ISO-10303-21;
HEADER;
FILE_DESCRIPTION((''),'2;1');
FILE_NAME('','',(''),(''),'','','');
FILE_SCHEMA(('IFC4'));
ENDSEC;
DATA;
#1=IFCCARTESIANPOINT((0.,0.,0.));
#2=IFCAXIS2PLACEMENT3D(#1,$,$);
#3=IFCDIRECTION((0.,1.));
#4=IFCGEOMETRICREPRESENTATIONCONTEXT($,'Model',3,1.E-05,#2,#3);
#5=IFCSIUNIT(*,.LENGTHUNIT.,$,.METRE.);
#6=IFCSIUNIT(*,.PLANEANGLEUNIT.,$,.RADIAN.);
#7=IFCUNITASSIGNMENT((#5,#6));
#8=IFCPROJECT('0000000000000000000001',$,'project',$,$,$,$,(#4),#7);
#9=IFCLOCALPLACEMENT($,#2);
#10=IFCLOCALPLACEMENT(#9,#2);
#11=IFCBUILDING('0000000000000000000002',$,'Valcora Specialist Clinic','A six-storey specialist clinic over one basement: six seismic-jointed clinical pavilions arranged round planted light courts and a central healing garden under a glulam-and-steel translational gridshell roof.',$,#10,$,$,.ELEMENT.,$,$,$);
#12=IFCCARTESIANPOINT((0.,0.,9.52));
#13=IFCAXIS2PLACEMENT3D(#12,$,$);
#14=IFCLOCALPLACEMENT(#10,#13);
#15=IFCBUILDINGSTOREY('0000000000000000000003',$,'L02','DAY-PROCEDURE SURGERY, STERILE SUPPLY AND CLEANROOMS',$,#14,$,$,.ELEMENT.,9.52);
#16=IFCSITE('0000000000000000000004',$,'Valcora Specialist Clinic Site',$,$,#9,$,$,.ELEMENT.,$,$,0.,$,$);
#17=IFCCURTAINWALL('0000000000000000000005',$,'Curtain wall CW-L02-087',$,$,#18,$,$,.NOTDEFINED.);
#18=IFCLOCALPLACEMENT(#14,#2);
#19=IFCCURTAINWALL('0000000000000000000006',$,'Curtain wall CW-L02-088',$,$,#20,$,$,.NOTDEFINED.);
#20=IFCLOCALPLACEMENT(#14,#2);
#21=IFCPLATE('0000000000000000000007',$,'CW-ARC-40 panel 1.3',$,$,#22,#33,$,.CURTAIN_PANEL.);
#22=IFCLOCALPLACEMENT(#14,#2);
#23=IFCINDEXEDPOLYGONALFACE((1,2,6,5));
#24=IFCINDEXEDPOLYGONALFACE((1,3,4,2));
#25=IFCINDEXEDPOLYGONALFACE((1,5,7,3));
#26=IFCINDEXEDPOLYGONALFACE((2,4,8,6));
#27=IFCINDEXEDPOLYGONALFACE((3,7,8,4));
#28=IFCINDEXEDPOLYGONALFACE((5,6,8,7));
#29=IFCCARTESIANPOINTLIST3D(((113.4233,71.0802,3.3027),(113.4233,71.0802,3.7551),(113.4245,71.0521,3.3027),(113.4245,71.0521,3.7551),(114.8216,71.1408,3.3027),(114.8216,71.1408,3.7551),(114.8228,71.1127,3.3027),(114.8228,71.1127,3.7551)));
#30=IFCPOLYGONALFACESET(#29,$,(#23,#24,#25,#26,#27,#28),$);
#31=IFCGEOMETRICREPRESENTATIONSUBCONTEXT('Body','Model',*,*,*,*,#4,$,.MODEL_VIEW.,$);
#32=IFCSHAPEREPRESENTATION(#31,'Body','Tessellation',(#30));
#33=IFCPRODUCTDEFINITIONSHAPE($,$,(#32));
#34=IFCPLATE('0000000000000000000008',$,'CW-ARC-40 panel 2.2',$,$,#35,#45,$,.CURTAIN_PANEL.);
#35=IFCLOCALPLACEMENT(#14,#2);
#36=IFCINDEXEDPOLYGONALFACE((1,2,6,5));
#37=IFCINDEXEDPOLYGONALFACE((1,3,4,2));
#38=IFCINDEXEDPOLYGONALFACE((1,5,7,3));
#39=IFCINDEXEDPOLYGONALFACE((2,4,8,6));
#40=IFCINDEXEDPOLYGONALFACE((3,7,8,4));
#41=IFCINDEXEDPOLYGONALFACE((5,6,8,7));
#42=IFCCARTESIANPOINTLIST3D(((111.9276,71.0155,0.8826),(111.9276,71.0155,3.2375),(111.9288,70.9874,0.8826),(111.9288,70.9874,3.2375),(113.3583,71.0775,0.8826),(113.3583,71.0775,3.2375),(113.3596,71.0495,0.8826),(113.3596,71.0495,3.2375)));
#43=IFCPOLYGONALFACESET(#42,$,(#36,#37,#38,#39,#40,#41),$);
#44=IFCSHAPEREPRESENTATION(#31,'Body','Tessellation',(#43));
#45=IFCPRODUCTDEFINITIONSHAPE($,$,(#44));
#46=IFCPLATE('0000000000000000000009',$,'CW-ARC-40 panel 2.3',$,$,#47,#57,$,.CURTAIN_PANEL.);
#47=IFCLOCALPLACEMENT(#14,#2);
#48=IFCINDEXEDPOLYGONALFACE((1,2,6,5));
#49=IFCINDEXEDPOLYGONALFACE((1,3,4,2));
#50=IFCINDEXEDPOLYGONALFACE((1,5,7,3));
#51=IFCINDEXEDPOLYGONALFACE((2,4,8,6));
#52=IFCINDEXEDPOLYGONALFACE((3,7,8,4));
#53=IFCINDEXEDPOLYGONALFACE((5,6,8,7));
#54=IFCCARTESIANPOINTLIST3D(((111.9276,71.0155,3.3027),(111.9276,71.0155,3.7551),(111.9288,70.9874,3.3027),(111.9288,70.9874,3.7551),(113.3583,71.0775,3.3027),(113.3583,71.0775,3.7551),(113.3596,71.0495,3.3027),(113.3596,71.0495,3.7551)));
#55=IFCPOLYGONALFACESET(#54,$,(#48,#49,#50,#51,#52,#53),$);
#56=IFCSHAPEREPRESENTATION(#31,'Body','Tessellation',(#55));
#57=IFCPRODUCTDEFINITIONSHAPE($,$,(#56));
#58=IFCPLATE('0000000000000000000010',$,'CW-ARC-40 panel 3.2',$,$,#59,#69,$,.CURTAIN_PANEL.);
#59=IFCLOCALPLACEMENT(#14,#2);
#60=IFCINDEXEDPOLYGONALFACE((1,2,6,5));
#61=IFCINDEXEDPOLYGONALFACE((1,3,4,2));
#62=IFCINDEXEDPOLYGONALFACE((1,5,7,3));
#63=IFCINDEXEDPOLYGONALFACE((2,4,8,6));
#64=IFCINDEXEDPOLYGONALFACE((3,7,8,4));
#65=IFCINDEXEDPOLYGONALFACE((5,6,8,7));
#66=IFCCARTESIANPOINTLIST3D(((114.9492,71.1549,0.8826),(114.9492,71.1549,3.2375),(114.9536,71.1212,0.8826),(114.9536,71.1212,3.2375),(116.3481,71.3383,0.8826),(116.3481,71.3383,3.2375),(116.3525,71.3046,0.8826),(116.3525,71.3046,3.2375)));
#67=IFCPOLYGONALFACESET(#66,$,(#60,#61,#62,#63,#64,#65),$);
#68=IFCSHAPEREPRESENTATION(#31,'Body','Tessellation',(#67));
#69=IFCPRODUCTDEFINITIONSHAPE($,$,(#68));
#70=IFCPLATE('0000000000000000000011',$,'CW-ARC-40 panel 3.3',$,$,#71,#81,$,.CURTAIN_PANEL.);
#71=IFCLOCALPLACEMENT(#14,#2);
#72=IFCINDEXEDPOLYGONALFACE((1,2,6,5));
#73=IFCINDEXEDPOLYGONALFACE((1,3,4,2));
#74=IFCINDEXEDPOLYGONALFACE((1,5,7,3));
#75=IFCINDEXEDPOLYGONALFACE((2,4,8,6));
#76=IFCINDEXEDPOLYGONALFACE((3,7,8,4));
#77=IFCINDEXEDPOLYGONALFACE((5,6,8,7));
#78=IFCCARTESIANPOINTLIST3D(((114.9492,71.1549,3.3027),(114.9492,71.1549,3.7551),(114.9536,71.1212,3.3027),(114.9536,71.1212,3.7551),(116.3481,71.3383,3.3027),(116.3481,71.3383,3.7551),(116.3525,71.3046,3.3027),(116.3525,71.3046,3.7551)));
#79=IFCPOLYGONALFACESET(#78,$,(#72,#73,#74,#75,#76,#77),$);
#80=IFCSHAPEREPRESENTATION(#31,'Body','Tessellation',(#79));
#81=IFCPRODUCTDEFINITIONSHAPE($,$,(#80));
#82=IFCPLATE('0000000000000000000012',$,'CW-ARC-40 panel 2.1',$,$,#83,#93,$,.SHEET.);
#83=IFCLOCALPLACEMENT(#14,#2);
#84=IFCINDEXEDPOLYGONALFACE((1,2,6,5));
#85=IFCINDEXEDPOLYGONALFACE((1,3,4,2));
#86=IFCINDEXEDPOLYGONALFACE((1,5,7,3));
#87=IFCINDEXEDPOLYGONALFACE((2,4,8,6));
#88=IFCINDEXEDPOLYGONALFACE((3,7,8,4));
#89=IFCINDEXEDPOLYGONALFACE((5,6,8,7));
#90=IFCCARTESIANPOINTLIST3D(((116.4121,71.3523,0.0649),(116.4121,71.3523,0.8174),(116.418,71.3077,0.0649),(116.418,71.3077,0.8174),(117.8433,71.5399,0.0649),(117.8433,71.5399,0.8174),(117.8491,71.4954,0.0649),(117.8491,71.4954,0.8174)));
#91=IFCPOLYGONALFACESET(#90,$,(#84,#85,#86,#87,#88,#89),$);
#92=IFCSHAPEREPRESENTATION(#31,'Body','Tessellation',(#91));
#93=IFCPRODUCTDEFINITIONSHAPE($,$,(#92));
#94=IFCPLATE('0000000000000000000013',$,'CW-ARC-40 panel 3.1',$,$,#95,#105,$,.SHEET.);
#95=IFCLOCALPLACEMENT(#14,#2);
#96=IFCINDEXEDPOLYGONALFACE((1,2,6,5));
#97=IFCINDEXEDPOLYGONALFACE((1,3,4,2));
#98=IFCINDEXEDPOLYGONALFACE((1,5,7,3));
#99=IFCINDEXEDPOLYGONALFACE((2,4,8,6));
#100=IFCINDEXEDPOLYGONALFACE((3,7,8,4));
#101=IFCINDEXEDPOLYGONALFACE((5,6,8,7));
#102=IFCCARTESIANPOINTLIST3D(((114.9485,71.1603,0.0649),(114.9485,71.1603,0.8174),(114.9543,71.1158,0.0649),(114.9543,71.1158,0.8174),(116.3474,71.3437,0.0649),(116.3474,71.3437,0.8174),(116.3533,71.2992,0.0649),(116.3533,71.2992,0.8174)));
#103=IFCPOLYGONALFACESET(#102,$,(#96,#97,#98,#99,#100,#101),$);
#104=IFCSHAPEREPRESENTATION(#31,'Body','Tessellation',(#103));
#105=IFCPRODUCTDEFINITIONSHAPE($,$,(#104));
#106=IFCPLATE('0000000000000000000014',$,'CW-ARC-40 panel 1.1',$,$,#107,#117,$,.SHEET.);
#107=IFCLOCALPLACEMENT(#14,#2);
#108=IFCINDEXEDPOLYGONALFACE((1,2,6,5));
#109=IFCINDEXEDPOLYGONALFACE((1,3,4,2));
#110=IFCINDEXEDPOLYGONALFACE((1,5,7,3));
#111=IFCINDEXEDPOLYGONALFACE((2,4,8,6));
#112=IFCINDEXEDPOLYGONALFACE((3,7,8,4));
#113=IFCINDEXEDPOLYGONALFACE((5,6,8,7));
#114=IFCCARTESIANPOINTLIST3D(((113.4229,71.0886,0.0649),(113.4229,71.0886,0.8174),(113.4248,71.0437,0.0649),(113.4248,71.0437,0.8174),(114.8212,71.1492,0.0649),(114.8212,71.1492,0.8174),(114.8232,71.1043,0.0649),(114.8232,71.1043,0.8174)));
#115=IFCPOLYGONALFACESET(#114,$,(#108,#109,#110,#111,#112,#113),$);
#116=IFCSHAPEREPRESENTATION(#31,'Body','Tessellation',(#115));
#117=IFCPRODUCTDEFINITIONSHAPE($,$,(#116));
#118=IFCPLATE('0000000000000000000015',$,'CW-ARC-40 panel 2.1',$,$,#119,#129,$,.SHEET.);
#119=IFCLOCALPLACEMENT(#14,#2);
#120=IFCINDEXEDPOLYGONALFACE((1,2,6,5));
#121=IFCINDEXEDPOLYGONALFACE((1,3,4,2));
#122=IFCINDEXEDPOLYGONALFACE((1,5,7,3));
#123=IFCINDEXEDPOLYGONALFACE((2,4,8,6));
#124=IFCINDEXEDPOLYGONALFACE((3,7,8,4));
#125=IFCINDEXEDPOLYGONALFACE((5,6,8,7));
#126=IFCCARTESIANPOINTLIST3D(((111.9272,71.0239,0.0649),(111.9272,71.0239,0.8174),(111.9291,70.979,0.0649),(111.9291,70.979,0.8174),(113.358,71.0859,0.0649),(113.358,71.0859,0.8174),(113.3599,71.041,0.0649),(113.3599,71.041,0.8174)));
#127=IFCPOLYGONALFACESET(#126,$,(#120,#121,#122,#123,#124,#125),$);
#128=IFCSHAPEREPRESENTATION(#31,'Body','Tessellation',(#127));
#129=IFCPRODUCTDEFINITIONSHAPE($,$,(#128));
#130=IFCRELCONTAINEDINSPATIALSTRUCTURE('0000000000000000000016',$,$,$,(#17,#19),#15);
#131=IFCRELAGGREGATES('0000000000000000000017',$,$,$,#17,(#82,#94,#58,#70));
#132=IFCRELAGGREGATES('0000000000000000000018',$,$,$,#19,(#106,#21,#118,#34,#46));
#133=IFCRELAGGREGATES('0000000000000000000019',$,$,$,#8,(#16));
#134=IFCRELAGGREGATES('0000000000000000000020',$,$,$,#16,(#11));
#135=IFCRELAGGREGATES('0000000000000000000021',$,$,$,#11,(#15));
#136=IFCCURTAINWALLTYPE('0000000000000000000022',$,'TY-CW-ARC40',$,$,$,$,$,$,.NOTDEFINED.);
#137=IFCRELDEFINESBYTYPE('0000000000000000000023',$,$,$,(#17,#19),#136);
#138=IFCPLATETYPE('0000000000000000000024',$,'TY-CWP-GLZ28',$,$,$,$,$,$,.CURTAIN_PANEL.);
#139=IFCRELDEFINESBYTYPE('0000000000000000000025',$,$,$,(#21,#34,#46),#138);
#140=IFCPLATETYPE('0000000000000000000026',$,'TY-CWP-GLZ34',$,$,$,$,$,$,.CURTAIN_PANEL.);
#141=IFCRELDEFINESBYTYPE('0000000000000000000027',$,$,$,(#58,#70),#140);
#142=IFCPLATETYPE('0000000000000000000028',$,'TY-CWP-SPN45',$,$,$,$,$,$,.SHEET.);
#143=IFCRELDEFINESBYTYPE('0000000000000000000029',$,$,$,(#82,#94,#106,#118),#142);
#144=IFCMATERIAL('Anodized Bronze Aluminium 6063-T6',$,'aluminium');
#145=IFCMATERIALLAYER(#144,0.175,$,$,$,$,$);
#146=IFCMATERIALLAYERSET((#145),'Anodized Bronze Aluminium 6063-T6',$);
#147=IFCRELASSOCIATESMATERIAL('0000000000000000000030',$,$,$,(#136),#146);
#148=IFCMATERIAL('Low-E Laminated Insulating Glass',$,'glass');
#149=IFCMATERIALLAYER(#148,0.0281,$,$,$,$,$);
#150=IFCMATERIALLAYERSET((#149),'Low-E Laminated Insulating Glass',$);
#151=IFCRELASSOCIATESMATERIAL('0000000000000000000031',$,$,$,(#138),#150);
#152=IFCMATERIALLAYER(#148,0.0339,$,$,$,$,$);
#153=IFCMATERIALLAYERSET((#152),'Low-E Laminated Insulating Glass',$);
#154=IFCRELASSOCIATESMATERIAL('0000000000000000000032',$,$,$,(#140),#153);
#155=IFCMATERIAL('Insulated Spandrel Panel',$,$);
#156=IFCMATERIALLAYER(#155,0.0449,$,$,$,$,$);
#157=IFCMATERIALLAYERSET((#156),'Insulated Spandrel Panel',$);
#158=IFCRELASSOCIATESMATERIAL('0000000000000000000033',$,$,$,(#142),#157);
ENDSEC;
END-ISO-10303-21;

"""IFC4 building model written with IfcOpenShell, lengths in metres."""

from ifc_helpers import new_model, si_unit, direction, frame, origin, origin_2d, place, context, subcontext, project, spatial, rectangle, extrude, material, layer, layer_set, type_object, element, aggregate, save


model = new_model("IFC4")

# Units and contexts
model_context = context("Model", 3, precision=1e-05, world=origin(), true_north=direction((0.0, 1.0)))
body_context = subcontext(model_context, "Body", "Model", "MODEL_VIEW")
ifc_project = project(units=[si_unit("LENGTHUNIT", "METRE"), si_unit("PLANEANGLEUNIT", "RADIAN")], contexts=[model_context])

# Site, building, storey
site_placement = place(None, origin())
site = spatial("IfcSite", under=ifc_project, at=site_placement, Name="Valcora Specialist Clinic Site", CompositionType="ELEMENT", RefElevation=0.0)
building_placement = place(site_placement, origin())
building = spatial("IfcBuilding", under=site, at=building_placement, Name="Valcora Specialist Clinic", Description="A six-storey specialist clinic over one basement: six seismic-jointed clinical pavilions arranged round planted light courts and a central healing garden under a glulam-and-steel translational gridshell roof.", CompositionType="ELEMENT")
storey_placement = place(building_placement, frame((0.0, 0.0, 9.52)))
storey = spatial("IfcBuildingStorey", under=building, at=storey_placement, Name="L02", Description="DAY-PROCEDURE SURGERY, STERILE SUPPLY AND CLEANROOMS", CompositionType="ELEMENT", Elevation=9.52)

# Curtain walls
ifc_material_1 = material(Name="Anodized Bronze Aluminium 6063-T6", Category="aluminium")
ifc_layer_1 = layer(ifc_material_1, 0.175)
ifc_layer_set_1 = layer_set([ifc_layer_1], Name="Anodized Bronze Aluminium 6063-T6")
curtain_wall_type = type_object("IfcCurtainWallType", Name="TY-CW-ARC40", PredefinedType="NOTDEFINED", material=ifc_layer_set_1)
curtain_wall_1_placement = place(storey_placement, origin())
curtain_wall_1 = element("IfcCurtainWall", 1, at=curtain_wall_1_placement, inside=storey, type_object=curtain_wall_type, Name="Curtain wall CW-L02-087", PredefinedType="NOTDEFINED")
curtain_wall_2_placement = place(storey_placement, origin())
curtain_wall_2 = element("IfcCurtainWall", 2, at=curtain_wall_2_placement, inside=storey, type_object=curtain_wall_type, Name="Curtain wall CW-L02-088", PredefinedType="NOTDEFINED")

# Plates
ifc_material_2 = material(Name="Low-E Laminated Insulating Glass", Category="glass")
ifc_layer_2 = layer(ifc_material_2, 0.0281)
ifc_layer_set_2 = layer_set([ifc_layer_2], Name="Low-E Laminated Insulating Glass")
plate_type_1 = type_object("IfcPlateType", Name="TY-CWP-GLZ28", PredefinedType="CURTAIN_PANEL", material=ifc_layer_set_2)
plate_1_placement = place(storey_placement, frame((114.123, 71.0964, 3.3027), z_axis=(0.0, 0.0, 1.0), x_axis=(-0.999062, -0.043307, 0.0)))
plate_1 = element("IfcPlate", 3, at=plate_1_placement, type_object=plate_type_1, Name="CW-ARC-40 panel 1.3", PredefinedType="CURTAIN_PANEL", context=body_context, shape_type="SweptSolid", body=[
    extrude(rectangle(XDim=1.3997, YDim=0.0281, at=origin_2d()), origin(), (0.0, 0.0, 1.0), 0.4524),
])
plate_2_placement = place(storey_placement, frame((112.6436, 71.0325, 0.8826), z_axis=(0.0, 0.0, 1.0), x_axis=(-0.999062, -0.043307, 0.0)))
plate_2 = element("IfcPlate", 4, at=plate_2_placement, type_object=plate_type_1, Name="CW-ARC-40 panel 2.2", PredefinedType="CURTAIN_PANEL", context=body_context, shape_type="SweptSolid", body=[
    extrude(rectangle(XDim=1.4321, YDim=0.0281, at=origin_2d()), origin(), (0.0, 0.0, 1.0), 2.355),
])
plate_3_placement = place(storey_placement, frame((112.6436, 71.0325, 3.3027), z_axis=(0.0, 0.0, 1.0), x_axis=(-0.999062, -0.043307, 0.0)))
plate_3 = element("IfcPlate", 5, at=plate_3_placement, type_object=plate_type_1, Name="CW-ARC-40 panel 2.3", PredefinedType="CURTAIN_PANEL", context=body_context, shape_type="SweptSolid", body=[
    extrude(rectangle(XDim=1.4321, YDim=0.0281, at=origin_2d()), origin(), (0.0, 0.0, 1.0), 0.4524),
])
ifc_layer_3 = layer(ifc_material_2, 0.0339)
ifc_layer_set_3 = layer_set([ifc_layer_3], Name="Low-E Laminated Insulating Glass")
plate_type_2 = type_object("IfcPlateType", Name="TY-CWP-GLZ34", PredefinedType="CURTAIN_PANEL", material=ifc_layer_set_3)
plate_4_placement = place(storey_placement, frame((115.6509, 71.2297, 0.8826), z_axis=(0.0, 0.0, 1.0), x_axis=(-0.991514, -0.129999, 0.0)))
plate_4 = element("IfcPlate", 6, at=plate_4_placement, type_object=plate_type_2, Name="CW-ARC-40 panel 3.2", PredefinedType="CURTAIN_PANEL", context=body_context, shape_type="SweptSolid", body=[
    extrude(rectangle(XDim=1.4109, YDim=0.0339, at=origin_2d()), origin(), (0.0, 0.0, 1.0), 2.355),
])
plate_5_placement = place(storey_placement, frame((115.6509, 71.2297, 3.3027), z_axis=(0.0, 0.0, 1.0), x_axis=(-0.991514, -0.129999, 0.0)))
plate_5 = element("IfcPlate", 7, at=plate_5_placement, type_object=plate_type_2, Name="CW-ARC-40 panel 3.3", PredefinedType="CURTAIN_PANEL", context=body_context, shape_type="SweptSolid", body=[
    extrude(rectangle(XDim=1.4109, YDim=0.0339, at=origin_2d()), origin(), (0.0, 0.0, 1.0), 0.4524),
])
ifc_material_3 = material(Name="Insulated Spandrel Panel")
ifc_layer_4 = layer(ifc_material_3, 0.0449)
ifc_layer_set_4 = layer_set([ifc_layer_4], Name="Insulated Spandrel Panel")
plate_type_3 = type_object("IfcPlateType", Name="TY-CWP-SPN45", PredefinedType="SHEET", material=ifc_layer_set_4)
plate_6_placement = place(storey_placement, frame((117.1306, 71.4238, 0.0649), z_axis=(0.0, 0.0, 1.0), x_axis=(-0.991514, -0.129999, 0.0)))
plate_6 = element("IfcPlate", 8, at=plate_6_placement, type_object=plate_type_3, Name="CW-ARC-40 panel 2.1", PredefinedType="SHEET", context=body_context, shape_type="SweptSolid", body=[
    extrude(rectangle(XDim=1.4434, YDim=0.0449, at=origin_2d()), origin(), (0.0, 0.0, 1.0), 0.7524),
])
plate_7_placement = place(storey_placement, frame((115.6509, 71.2297, 0.0649), z_axis=(0.0, 0.0, 1.0), x_axis=(-0.991514, -0.129999, 0.0)))
plate_7 = element("IfcPlate", 9, at=plate_7_placement, type_object=plate_type_3, Name="CW-ARC-40 panel 3.1", PredefinedType="SHEET", context=body_context, shape_type="SweptSolid", body=[
    extrude(rectangle(XDim=1.4109, YDim=0.0449, at=origin_2d()), origin(), (0.0, 0.0, 1.0), 0.7524),
])
aggregate(curtain_wall_1, [plate_6, plate_7, plate_4, plate_5])
plate_8_placement = place(storey_placement, frame((114.123, 71.0964, 0.0649), z_axis=(0.0, 0.0, 1.0), x_axis=(-0.999062, -0.043307, 0.0)))
plate_8 = element("IfcPlate", 10, at=plate_8_placement, type_object=plate_type_3, Name="CW-ARC-40 panel 1.1", PredefinedType="SHEET", context=body_context, shape_type="SweptSolid", body=[
    extrude(rectangle(XDim=1.3997, YDim=0.0449, at=origin_2d()), origin(), (0.0, 0.0, 1.0), 0.7524),
])
plate_9_placement = place(storey_placement, frame((112.6436, 71.0325, 0.0649), z_axis=(0.0, 0.0, 1.0), x_axis=(-0.999062, -0.043307, 0.0)))
plate_9 = element("IfcPlate", 11, at=plate_9_placement, type_object=plate_type_3, Name="CW-ARC-40 panel 2.1", PredefinedType="SHEET", context=body_context, shape_type="SweptSolid", body=[
    extrude(rectangle(XDim=1.4321, YDim=0.0449, at=origin_2d()), origin(), (0.0, 0.0, 1.0), 0.7524),
])
aggregate(curtain_wall_2, [plate_8, plate_1, plate_9, plate_2, plate_3])

save(model, "model.ifc")
